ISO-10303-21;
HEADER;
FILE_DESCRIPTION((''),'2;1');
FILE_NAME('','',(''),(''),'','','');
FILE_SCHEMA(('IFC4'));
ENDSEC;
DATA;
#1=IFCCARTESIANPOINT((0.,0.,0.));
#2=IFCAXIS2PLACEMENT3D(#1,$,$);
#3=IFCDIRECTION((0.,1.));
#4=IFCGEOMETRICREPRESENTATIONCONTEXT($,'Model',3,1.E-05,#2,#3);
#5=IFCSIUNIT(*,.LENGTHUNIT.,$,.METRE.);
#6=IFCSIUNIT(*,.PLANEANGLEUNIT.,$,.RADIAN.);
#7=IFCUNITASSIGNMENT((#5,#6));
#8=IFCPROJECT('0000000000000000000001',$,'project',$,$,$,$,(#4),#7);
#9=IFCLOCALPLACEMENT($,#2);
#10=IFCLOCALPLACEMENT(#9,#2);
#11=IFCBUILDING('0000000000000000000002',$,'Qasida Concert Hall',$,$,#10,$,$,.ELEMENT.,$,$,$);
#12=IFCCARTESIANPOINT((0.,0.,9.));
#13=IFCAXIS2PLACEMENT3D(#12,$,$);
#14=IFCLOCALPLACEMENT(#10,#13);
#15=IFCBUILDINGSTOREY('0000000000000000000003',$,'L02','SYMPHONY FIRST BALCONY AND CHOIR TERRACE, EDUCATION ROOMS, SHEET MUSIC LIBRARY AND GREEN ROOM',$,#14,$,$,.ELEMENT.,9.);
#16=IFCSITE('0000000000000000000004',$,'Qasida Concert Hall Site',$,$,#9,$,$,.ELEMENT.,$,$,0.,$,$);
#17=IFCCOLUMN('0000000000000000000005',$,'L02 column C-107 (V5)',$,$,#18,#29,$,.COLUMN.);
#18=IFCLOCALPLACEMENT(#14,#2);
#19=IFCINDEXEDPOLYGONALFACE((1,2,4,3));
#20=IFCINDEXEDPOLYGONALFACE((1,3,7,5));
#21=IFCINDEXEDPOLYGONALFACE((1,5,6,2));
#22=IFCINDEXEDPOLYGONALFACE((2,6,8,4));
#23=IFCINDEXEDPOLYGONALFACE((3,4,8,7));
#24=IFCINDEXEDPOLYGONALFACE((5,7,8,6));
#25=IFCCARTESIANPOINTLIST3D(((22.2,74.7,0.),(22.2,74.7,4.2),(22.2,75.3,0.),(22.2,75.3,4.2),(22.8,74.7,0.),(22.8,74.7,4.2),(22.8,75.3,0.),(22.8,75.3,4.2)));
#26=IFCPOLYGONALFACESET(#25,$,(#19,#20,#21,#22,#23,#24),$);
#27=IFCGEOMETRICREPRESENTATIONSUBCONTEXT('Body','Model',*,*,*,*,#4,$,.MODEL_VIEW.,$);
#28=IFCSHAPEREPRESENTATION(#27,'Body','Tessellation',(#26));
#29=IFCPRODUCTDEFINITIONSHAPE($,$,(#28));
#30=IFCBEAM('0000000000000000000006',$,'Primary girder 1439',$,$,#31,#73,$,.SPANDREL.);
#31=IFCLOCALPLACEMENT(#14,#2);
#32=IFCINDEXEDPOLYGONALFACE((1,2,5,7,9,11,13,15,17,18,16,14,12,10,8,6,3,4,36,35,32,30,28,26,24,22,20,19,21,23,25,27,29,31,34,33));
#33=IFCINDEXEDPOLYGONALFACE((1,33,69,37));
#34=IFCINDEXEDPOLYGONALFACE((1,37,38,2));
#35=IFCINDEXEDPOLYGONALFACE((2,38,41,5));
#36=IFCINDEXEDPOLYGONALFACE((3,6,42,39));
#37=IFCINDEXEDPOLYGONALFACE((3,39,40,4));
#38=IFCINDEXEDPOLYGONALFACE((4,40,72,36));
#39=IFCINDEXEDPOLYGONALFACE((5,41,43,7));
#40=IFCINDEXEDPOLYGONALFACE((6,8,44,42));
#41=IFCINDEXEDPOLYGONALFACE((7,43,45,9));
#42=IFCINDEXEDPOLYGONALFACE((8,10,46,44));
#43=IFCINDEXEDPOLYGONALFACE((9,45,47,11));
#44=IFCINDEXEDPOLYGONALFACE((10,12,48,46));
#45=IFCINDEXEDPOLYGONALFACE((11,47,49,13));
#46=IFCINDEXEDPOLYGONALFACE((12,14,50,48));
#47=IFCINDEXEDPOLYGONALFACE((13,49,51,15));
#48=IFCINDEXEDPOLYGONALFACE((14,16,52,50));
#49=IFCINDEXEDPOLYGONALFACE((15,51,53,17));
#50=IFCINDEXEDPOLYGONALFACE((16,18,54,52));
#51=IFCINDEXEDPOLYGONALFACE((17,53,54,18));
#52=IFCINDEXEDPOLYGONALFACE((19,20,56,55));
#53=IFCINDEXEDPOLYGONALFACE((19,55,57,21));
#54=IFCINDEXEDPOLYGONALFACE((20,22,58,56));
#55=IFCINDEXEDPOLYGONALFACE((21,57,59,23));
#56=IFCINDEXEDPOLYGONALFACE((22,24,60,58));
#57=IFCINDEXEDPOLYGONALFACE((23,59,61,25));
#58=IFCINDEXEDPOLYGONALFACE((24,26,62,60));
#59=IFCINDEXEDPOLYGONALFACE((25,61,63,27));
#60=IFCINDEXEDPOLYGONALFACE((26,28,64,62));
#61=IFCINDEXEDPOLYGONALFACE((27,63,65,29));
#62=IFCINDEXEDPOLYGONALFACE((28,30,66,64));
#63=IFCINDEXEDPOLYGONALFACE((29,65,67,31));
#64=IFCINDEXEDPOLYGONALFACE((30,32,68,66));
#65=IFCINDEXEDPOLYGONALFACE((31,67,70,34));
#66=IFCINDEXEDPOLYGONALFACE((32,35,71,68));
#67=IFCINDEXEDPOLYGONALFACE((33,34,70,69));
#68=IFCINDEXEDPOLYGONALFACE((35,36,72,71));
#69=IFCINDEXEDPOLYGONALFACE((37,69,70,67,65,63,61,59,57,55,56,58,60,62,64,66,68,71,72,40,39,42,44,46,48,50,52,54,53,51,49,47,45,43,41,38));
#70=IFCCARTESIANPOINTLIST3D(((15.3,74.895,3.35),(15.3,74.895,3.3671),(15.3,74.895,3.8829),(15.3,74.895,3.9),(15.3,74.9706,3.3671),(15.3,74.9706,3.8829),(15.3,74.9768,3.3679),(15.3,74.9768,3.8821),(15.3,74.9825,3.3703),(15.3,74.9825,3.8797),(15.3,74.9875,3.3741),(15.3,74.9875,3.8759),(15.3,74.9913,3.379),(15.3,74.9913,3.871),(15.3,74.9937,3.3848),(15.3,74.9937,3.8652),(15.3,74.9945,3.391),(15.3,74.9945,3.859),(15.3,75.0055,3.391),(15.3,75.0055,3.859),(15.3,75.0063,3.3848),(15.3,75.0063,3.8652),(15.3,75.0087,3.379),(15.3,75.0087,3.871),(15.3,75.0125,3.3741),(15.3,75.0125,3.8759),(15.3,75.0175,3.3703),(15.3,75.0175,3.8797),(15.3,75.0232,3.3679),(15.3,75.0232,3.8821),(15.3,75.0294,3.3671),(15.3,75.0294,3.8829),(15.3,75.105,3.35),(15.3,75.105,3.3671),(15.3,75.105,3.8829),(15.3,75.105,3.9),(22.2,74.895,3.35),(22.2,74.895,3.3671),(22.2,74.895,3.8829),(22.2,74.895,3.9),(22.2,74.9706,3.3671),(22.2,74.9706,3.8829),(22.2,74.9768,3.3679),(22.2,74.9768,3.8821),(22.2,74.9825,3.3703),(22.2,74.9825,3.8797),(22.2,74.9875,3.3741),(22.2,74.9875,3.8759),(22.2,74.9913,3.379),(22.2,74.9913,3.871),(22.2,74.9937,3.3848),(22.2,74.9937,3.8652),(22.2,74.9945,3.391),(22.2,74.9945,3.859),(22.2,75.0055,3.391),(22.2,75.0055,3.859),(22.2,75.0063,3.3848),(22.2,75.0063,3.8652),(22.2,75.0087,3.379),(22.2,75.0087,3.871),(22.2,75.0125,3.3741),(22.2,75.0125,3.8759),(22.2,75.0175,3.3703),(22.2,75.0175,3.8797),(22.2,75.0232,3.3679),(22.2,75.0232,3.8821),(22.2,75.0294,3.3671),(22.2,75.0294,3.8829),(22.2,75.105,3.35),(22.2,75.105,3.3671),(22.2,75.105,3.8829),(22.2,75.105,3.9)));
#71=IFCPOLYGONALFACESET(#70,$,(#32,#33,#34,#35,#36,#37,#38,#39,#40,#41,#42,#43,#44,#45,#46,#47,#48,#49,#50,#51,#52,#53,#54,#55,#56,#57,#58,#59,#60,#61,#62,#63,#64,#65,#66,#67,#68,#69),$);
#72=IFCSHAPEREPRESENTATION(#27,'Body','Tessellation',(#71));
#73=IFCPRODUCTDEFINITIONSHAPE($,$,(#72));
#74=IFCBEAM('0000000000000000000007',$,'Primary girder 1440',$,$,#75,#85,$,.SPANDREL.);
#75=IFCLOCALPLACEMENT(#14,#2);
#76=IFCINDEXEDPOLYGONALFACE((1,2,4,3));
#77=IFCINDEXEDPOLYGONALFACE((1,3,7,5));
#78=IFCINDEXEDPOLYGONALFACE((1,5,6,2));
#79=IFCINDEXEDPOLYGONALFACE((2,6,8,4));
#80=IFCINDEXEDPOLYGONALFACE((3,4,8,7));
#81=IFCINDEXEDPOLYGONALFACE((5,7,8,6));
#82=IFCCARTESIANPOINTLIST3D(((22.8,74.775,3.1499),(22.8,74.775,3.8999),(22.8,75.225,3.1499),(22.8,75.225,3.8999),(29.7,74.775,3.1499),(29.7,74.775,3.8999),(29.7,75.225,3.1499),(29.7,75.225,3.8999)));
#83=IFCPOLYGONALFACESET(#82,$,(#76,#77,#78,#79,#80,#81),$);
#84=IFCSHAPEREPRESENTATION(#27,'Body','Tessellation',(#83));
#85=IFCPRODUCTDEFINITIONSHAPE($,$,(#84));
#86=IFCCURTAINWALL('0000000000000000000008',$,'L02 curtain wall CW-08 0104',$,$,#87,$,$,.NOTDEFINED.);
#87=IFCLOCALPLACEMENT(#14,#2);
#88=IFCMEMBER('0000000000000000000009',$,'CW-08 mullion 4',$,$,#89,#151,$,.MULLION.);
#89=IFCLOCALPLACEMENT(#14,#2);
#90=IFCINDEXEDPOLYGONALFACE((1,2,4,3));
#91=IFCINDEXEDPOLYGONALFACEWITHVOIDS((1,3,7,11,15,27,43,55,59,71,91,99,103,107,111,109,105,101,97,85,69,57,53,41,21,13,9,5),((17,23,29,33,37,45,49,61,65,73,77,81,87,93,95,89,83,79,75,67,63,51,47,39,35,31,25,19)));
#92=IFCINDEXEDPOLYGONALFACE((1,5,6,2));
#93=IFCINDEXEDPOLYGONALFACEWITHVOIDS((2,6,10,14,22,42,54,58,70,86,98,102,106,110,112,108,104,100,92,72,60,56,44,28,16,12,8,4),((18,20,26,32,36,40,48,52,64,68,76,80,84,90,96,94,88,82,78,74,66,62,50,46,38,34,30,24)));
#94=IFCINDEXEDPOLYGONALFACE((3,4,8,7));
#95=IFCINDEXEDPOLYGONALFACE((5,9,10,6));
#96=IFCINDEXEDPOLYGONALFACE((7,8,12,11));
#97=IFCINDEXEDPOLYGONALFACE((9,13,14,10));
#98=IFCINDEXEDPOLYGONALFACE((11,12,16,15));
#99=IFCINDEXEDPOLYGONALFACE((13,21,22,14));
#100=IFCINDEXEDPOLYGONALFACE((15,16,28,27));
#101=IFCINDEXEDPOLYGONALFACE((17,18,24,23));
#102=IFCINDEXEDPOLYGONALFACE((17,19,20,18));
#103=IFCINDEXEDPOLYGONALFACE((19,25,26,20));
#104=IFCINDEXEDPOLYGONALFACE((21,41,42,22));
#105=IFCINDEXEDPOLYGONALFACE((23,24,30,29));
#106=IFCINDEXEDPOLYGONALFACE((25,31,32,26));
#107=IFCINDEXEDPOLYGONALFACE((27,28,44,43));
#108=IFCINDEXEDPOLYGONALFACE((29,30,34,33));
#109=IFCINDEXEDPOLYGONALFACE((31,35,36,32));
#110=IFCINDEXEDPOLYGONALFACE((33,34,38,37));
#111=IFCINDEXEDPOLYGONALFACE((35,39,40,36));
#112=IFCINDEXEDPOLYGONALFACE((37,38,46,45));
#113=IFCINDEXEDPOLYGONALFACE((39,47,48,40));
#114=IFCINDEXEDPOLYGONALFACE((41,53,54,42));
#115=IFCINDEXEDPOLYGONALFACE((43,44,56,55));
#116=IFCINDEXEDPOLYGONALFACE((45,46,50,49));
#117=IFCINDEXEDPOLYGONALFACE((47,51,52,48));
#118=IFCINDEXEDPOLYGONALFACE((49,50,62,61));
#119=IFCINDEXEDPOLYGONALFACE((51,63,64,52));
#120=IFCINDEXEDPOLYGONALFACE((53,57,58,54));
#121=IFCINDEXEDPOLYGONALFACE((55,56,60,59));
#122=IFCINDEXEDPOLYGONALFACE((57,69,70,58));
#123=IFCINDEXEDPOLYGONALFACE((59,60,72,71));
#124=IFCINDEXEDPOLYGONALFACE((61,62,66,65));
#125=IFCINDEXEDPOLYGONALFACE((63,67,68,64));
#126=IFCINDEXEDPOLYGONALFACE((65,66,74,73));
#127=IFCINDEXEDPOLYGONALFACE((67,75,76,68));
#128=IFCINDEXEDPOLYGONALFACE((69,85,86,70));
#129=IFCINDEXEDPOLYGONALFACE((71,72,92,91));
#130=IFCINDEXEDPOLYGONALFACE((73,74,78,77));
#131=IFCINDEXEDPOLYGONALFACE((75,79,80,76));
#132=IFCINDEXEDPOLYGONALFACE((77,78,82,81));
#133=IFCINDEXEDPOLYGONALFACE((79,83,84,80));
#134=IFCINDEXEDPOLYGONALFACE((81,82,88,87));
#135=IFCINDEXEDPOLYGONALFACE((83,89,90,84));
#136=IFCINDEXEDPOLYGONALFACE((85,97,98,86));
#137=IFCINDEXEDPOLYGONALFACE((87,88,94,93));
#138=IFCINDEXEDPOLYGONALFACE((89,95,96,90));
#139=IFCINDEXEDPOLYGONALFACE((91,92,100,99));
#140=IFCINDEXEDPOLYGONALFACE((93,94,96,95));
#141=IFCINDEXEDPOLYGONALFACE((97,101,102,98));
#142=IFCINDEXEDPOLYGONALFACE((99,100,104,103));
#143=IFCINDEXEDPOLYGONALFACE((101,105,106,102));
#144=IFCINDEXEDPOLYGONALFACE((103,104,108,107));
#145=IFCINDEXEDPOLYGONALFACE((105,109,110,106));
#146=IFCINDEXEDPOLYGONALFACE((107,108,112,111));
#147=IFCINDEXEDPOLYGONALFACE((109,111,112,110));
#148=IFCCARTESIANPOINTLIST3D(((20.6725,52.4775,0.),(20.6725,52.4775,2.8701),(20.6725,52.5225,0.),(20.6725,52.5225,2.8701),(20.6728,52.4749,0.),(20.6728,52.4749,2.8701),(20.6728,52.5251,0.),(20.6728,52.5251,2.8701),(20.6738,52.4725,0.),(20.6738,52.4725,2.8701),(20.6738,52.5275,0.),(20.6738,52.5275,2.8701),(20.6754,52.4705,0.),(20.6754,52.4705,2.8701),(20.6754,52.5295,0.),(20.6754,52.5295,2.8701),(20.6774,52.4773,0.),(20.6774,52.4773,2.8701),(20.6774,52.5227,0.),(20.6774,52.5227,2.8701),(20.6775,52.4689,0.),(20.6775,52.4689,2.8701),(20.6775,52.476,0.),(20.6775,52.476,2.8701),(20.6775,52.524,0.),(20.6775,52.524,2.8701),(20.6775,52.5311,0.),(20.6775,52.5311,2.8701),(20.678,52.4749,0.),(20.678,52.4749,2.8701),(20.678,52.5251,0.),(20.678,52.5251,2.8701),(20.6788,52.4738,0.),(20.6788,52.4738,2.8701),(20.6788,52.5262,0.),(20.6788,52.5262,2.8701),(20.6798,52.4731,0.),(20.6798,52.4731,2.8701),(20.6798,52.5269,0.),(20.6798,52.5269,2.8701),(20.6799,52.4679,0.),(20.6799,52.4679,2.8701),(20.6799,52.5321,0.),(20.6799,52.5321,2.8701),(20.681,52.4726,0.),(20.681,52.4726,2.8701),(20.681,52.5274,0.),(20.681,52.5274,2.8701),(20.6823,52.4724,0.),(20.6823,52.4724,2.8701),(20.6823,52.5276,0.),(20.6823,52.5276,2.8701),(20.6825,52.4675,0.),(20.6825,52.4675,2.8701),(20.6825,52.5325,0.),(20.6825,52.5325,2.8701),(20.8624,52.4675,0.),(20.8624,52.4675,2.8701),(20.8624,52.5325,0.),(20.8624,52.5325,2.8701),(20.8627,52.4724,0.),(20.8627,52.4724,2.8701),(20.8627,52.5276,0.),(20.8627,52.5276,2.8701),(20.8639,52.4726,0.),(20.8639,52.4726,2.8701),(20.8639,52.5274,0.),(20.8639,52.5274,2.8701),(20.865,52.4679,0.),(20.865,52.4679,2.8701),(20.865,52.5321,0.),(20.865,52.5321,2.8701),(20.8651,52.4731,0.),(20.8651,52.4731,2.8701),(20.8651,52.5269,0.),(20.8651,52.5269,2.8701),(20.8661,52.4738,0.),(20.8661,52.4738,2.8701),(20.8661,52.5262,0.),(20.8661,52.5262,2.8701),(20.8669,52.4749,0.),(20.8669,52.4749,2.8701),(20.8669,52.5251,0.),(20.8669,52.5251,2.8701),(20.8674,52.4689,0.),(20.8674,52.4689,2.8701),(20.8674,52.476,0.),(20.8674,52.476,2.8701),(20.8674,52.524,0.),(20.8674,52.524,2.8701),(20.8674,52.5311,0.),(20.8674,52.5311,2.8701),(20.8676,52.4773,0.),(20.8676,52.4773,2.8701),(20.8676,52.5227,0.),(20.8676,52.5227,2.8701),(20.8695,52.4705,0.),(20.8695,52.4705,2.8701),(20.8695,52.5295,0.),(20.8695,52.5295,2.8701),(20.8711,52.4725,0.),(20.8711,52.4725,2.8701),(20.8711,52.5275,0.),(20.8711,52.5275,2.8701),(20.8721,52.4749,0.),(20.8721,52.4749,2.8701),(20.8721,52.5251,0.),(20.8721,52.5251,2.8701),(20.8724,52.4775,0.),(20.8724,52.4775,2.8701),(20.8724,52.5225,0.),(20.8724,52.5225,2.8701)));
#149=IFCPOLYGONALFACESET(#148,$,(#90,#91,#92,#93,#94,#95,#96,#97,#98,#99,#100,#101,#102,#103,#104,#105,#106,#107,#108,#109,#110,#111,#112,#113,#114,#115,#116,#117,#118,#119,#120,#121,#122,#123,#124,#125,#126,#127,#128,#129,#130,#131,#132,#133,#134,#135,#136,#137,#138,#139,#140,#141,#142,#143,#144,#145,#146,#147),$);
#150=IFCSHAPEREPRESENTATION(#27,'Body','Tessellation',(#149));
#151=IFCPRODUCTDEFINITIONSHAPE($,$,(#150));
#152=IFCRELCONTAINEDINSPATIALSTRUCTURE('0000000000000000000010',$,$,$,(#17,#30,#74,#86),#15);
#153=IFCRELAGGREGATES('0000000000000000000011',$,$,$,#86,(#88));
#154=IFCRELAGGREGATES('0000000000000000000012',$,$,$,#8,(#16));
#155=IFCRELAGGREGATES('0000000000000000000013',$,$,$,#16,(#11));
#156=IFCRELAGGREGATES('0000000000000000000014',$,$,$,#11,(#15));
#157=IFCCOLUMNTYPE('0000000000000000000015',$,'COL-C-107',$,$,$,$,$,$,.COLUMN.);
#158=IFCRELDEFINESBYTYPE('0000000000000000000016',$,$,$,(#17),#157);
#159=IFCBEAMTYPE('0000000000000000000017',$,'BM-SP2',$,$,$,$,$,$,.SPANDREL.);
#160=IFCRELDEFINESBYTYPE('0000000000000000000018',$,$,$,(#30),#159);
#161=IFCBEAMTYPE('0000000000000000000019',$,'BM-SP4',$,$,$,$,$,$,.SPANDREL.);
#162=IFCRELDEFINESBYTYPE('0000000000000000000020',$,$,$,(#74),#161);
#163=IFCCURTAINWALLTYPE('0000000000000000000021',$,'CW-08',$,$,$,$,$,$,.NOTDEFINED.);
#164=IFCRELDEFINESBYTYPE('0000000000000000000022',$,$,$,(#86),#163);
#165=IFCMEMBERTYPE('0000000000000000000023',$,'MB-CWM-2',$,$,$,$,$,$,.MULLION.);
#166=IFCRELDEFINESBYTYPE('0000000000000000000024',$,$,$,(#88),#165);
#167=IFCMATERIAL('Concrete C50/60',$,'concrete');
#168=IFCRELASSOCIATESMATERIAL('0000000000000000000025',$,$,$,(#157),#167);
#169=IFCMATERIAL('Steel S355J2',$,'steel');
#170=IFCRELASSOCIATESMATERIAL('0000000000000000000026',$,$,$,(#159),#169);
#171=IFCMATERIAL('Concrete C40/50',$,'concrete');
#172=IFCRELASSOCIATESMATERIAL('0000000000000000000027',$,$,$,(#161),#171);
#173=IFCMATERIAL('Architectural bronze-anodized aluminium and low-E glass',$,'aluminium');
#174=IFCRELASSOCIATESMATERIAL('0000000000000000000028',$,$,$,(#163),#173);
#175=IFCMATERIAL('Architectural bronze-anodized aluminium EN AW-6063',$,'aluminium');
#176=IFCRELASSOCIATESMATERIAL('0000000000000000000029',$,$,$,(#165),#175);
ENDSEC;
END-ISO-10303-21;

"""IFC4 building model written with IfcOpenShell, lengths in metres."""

from ifc_helpers import new_model, si_unit, direction, frame, origin, origin_2d, place, context, subcontext, project, spatial, rectangle, hollow_rectangle, i_section, extrude, material, material_profile, profile_set, type_object, element, aggregate, save


model = new_model("IFC4")

# Units and contexts
model_context = context("Model", 3, precision=1e-05, world=origin(), true_north=direction((0.0, 1.0)))
body_context = subcontext(model_context, "Body", "Model", "MODEL_VIEW")
ifc_project = project(units=[si_unit("LENGTHUNIT", "METRE"), si_unit("PLANEANGLEUNIT", "RADIAN")], contexts=[model_context])

# Site, building, storey
site_placement = place(None, origin())
site = spatial("IfcSite", under=ifc_project, at=site_placement, Name="Qasida Concert Hall Site", CompositionType="ELEMENT", RefElevation=0.0)
building_placement = place(site_placement, origin())
building = spatial("IfcBuilding", under=site, at=building_placement, Name="Qasida Concert Hall", CompositionType="ELEMENT")
storey_placement = place(building_placement, frame((0.0, 0.0, 9.0)))
storey = spatial("IfcBuildingStorey", under=building, at=storey_placement, Name="L02", Description="SYMPHONY FIRST BALCONY AND CHOIR TERRACE, EDUCATION ROOMS, SHEET MUSIC LIBRARY AND GREEN ROOM", CompositionType="ELEMENT", Elevation=9.0)

# Column
ifc_material_1 = material(Name="Concrete C50/60", Category="concrete")
ifc_material_profile_1 = material_profile(ifc_material_1, rectangle(XDim=0.6001, YDim=0.6001, at=origin_2d()), Name="RC 600x600")
ifc_profile_set_1 = profile_set([ifc_material_profile_1], Name="Concrete C50/60")
column_type = type_object("IfcColumnType", Name="COL-C-107", PredefinedType="COLUMN", material=ifc_profile_set_1)
column_placement = place(storey_placement, frame((22.5, 75.0, 0.0), z_axis=(0.0, 0.0, 1.0), x_axis=(1.0, 0.0, 0.0)))
element("IfcColumn", 1, at=column_placement, inside=storey, type_object=column_type, Name="L02 column C-107 (V5)", PredefinedType="COLUMN", context=body_context, shape_type="SweptSolid", body=[
    extrude(rectangle(XDim=0.6001, YDim=0.6001, at=origin_2d()), origin(), (0.0, 0.0, 1.0), 4.2),
])

# Beams
ifc_material_2 = material(Name="Steel S355J2", Category="steel")
ifc_material_profile_2 = material_profile(ifc_material_2, i_section(OverallWidth=0.21, OverallDepth=0.55, WebThickness=0.011, FlangeThickness=0.0171, FilletRadius=0.0239, at=origin_2d()), Name="IPE 550")
ifc_profile_set_2 = profile_set([ifc_material_profile_2], Name="Steel S355J2")
beam_type_1 = type_object("IfcBeamType", Name="BM-SP2", PredefinedType="SPANDREL", material=ifc_profile_set_2)
beam_1_placement = place(storey_placement, frame((15.3, 75.0, 3.625), z_axis=(1.0, 0.0, 0.0), x_axis=(0.0, 1.0, 0.0)))
element("IfcBeam", 2, at=beam_1_placement, inside=storey, type_object=beam_type_1, Name="Primary girder 1439", PredefinedType="SPANDREL", context=body_context, shape_type="SweptSolid", body=[
    extrude(i_section(OverallWidth=0.21, OverallDepth=0.55, WebThickness=0.011, FlangeThickness=0.0171, FilletRadius=0.0239, at=origin_2d()), origin(), (0.0, 0.0, 1.0), 6.8999),
])
ifc_material_3 = material(Name="Concrete C40/50", Category="concrete")
ifc_material_profile_3 = material_profile(ifc_material_3, rectangle(XDim=0.45, YDim=0.75, at=origin_2d()), Name="RC 450x750")
ifc_profile_set_3 = profile_set([ifc_material_profile_3], Name="Concrete C40/50")
beam_type_2 = type_object("IfcBeamType", Name="BM-SP4", PredefinedType="SPANDREL", material=ifc_profile_set_3)
beam_2_placement = place(storey_placement, frame((22.8, 75.0, 3.5249), z_axis=(1.0, 0.0, 0.0), x_axis=(0.0, 1.0, 0.0)))
element("IfcBeam", 3, at=beam_2_placement, inside=storey, type_object=beam_type_2, Name="Primary girder 1440", PredefinedType="SPANDREL", context=body_context, shape_type="SweptSolid", body=[
    extrude(rectangle(XDim=0.45, YDim=0.75, at=origin_2d()), origin(), (0.0, 0.0, 1.0), 6.8999),
])

# Curtain wall, member
ifc_material_4 = material(Name="Architectural bronze-anodized aluminium and low-E glass", Category="aluminium")
curtain_wall_type = type_object("IfcCurtainWallType", Name="CW-08", PredefinedType="NOTDEFINED", material=ifc_material_4)
curtain_wall_1_placement = place(storey_placement, origin())
curtain_wall_1 = element("IfcCurtainWall", 4, at=curtain_wall_1_placement, inside=storey, type_object=curtain_wall_type, Name="L02 curtain wall CW-08 0104", PredefinedType="NOTDEFINED")
ifc_material_5 = material(Name="Architectural bronze-anodized aluminium EN AW-6063", Category="aluminium")
ifc_material_profile_4 = material_profile(ifc_material_5, hollow_rectangle(XDim=0.0649, YDim=0.2, WallThickness=0.0049, InnerFilletRadius=0.0049, OuterFilletRadius=0.01, at=origin_2d()), Name="CWM 200x65x5")
ifc_profile_set_4 = profile_set([ifc_material_profile_4], Name="Architectural bronze-anodized aluminium EN AW-6063")
member_type_1 = type_object("IfcMemberType", Name="MB-CWM-2", PredefinedType="MULLION", material=ifc_profile_set_4)
member_1_placement = place(storey_placement, frame((20.7725, 52.5, 0.0), z_axis=(0.0, 0.0, 1.0), x_axis=(0.0, 1.0, 0.0)))
member_1 = element("IfcMember", 5, at=member_1_placement, type_object=member_type_1, Name="CW-08 mullion 4", PredefinedType="MULLION", context=body_context, shape_type="SweptSolid", body=[
    extrude(hollow_rectangle(XDim=0.0649, YDim=0.2, WallThickness=0.0049, InnerFilletRadius=0.0049, OuterFilletRadius=0.01, at=origin_2d()), origin(), (0.0, 0.0, 1.0), 2.8701),
])

aggregate(curtain_wall_1, [member_1])

save(model, "model.ifc")
